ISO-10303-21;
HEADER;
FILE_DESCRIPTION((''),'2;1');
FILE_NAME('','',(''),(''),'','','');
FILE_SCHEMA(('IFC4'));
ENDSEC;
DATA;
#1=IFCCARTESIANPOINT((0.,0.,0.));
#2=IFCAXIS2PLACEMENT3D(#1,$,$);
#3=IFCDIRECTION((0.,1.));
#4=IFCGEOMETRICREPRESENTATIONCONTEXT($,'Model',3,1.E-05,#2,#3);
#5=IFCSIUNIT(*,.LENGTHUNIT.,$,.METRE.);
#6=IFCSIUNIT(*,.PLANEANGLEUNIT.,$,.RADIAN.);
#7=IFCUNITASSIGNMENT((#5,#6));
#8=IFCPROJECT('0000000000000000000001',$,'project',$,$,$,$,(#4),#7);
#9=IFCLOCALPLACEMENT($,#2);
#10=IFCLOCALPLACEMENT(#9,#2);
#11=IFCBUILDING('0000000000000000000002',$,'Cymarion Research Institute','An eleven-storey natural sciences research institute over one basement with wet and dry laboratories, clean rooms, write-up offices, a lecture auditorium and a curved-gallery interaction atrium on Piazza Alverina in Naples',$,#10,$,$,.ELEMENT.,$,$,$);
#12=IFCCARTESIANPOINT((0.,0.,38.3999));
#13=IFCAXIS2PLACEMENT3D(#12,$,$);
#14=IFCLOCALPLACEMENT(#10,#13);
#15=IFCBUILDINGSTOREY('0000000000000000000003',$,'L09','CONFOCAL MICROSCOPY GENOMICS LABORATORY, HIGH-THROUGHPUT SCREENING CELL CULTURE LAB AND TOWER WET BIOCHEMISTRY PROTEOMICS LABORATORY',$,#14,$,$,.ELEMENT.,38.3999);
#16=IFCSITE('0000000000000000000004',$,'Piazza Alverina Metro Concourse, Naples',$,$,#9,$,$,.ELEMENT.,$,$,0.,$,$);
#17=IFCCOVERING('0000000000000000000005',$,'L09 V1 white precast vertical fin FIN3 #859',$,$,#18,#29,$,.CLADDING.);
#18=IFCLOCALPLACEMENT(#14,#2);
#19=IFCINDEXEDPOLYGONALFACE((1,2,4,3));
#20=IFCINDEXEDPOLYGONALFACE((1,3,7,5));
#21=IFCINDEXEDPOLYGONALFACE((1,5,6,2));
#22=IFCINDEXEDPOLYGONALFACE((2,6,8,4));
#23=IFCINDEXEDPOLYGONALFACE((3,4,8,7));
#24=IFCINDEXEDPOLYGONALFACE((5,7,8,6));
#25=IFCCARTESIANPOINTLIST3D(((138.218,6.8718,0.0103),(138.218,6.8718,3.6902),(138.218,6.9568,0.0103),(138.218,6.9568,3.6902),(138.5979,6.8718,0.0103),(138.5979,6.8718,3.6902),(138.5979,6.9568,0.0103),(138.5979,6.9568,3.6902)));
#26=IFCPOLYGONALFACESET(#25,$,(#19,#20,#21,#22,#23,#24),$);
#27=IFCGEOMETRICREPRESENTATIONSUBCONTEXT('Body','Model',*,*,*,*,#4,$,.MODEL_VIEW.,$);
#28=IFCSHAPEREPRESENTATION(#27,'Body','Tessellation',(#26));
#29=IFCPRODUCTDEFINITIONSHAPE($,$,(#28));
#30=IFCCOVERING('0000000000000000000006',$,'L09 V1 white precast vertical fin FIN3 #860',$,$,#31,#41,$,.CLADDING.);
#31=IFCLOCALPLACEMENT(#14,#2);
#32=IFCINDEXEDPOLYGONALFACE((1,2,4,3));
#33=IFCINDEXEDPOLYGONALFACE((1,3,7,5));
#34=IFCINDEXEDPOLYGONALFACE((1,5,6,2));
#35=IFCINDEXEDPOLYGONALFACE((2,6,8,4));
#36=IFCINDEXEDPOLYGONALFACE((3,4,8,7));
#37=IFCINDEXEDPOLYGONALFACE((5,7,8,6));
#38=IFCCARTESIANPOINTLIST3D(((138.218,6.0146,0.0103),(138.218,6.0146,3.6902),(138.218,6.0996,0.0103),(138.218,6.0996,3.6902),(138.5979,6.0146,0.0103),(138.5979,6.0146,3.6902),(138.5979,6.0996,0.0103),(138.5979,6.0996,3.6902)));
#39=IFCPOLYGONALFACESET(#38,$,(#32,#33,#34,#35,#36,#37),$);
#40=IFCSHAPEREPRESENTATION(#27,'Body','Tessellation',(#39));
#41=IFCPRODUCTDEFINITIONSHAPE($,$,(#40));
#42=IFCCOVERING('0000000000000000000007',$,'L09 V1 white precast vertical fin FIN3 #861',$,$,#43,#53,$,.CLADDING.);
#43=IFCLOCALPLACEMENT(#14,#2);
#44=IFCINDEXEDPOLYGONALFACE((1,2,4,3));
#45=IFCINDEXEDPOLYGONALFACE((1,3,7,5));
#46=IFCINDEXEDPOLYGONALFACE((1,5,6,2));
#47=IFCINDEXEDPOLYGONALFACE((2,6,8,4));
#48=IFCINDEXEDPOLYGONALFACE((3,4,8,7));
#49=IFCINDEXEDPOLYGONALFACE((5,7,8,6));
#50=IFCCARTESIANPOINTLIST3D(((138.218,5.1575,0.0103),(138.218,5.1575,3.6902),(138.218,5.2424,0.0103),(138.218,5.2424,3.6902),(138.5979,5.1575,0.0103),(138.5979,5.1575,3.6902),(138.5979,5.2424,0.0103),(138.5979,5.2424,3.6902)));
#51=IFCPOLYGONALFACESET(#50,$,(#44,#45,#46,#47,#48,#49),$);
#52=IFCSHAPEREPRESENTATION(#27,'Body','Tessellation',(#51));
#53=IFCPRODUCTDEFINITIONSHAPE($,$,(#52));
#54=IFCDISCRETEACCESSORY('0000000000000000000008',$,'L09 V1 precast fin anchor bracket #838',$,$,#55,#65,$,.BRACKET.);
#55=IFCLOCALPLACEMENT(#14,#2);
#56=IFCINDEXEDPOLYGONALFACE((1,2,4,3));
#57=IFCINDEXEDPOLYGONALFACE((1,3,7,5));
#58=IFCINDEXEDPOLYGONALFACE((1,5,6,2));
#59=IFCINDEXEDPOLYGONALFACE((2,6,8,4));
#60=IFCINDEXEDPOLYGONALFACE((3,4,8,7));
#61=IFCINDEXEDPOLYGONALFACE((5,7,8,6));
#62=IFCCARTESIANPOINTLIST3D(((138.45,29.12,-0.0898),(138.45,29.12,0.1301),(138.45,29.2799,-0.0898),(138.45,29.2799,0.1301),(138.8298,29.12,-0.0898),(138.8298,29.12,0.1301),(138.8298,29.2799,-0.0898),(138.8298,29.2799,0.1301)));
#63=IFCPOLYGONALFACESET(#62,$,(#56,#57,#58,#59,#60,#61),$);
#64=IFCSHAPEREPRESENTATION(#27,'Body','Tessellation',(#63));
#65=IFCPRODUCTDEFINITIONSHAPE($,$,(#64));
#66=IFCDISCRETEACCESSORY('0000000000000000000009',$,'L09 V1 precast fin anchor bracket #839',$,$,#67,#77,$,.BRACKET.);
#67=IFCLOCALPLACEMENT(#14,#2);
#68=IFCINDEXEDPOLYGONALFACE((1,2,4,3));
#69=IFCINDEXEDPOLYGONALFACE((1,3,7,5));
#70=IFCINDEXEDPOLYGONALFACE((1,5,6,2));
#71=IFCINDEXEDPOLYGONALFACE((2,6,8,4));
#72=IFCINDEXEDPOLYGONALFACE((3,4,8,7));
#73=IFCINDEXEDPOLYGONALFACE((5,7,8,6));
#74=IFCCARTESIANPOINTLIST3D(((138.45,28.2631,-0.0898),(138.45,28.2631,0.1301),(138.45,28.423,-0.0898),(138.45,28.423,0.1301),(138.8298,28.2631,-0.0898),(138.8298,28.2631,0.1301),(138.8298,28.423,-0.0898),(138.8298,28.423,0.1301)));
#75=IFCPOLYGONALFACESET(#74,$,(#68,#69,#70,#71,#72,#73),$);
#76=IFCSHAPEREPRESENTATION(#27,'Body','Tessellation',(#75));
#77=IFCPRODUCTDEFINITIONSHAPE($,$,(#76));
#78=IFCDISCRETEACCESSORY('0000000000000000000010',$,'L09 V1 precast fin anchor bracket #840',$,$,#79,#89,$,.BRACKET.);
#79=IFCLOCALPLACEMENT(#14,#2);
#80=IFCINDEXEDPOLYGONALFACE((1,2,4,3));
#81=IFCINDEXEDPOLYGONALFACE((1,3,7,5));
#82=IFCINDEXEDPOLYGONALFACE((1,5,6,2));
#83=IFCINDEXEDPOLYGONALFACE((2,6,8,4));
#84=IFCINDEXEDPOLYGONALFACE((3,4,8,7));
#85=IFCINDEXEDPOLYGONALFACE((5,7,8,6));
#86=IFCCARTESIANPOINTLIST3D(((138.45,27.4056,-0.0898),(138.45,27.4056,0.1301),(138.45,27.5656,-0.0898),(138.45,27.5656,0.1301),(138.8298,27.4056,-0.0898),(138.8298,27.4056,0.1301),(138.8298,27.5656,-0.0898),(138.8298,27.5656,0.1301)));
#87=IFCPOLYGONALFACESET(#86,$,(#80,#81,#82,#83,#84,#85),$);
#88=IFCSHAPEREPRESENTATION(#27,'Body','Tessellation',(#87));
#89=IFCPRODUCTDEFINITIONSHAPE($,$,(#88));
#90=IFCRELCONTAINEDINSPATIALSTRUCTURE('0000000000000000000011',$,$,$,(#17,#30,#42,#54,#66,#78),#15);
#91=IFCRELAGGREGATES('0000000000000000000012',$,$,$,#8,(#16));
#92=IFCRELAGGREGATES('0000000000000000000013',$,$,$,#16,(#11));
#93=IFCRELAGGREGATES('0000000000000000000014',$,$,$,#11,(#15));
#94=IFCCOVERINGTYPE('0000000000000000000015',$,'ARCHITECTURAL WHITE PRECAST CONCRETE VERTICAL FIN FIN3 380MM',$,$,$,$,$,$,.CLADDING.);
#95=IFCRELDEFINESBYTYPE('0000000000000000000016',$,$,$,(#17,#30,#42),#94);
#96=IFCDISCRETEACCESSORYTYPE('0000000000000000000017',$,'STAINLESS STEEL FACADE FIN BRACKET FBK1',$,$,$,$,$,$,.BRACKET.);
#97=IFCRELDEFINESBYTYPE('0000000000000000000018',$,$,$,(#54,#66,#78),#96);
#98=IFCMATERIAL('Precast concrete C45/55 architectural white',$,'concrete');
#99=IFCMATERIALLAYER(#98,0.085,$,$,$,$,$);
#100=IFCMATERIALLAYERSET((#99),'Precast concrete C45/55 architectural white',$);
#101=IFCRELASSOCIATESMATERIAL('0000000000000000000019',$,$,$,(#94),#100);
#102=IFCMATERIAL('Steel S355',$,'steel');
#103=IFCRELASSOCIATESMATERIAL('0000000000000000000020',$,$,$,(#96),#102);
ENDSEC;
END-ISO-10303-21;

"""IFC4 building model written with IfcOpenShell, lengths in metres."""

from ifc_helpers import new_model, si_unit, direction, frame, origin, origin_2d, place, context, subcontext, project, spatial, rectangle, extrude, material, layer, layer_set, type_object, element, save


model = new_model("IFC4")

# Units and contexts
model_context = context("Model", 3, precision=1e-05, world=origin(), true_north=direction((0.0, 1.0)))
body_context = subcontext(model_context, "Body", "Model", "MODEL_VIEW")
ifc_project = project(units=[si_unit("LENGTHUNIT", "METRE"), si_unit("PLANEANGLEUNIT", "RADIAN")], contexts=[model_context])

# Site, building, storey
site_placement = place(None, origin())
site = spatial("IfcSite", under=ifc_project, at=site_placement, Name="Piazza Alverina Metro Concourse, Naples", CompositionType="ELEMENT", RefElevation=0.0)
building_placement = place(site_placement, origin())
building = spatial("IfcBuilding", under=site, at=building_placement, Name="Cymarion Research Institute", Description="An eleven-storey natural sciences research institute over one basement with wet and dry laboratories, clean rooms, write-up offices, a lecture auditorium and a curved-gallery interaction atrium on Piazza Alverina in Naples", CompositionType="ELEMENT")
storey_placement = place(building_placement, frame((0.0, 0.0, 38.3999)))
storey = spatial("IfcBuildingStorey", under=building, at=storey_placement, Name="L09", Description="CONFOCAL MICROSCOPY GENOMICS LABORATORY, HIGH-THROUGHPUT SCREENING CELL CULTURE LAB AND TOWER WET BIOCHEMISTRY PROTEOMICS LABORATORY", CompositionType="ELEMENT", Elevation=38.3999)

# Shared definitions
ifc_material_1 = material(Name="Steel S355", Category="steel")

# Coverings
ifc_material_2 = material(Name="Precast concrete C45/55 architectural white", Category="concrete")
ifc_layer = layer(ifc_material_2, 0.085)
ifc_layer_set = layer_set([ifc_layer], Name="Precast concrete C45/55 architectural white")
covering_type = type_object("IfcCoveringType", Name="ARCHITECTURAL WHITE PRECAST CONCRETE VERTICAL FIN FIN3 380MM", PredefinedType="CLADDING", material=ifc_layer_set)
for number, where, z_axis, x_axis, name in (
    (1, (138.408, 6.9143, 0.0103), (0.0, 0.0, 1.0), (-1.0, 0.0, 0.0), "L09 V1 white precast vertical fin FIN3 #859"),
    (2, (138.408, 6.0571, 0.0103), (0.0, 0.0, 1.0), (-1.0, 0.0, 0.0), "L09 V1 white precast vertical fin FIN3 #860"),
    (3, (138.408, 5.2, 0.0103), (0.0, 0.0, 1.0), (-1.0, 0.0, 0.0), "L09 V1 white precast vertical fin FIN3 #861"),
):
    element("IfcCovering", number, at=place(storey_placement, frame(where, z_axis=z_axis, x_axis=x_axis)), inside=storey, type_object=covering_type, Name=name, PredefinedType="CLADDING", context=body_context, shape_type="SweptSolid", body=[
        extrude(rectangle(XDim=0.3799, YDim=0.085, at=origin_2d()), origin(), (0.0, 0.0, 1.0), 3.6799),
    ])

# Discrete accessories
discrete_accessory_type = type_object("IfcDiscreteAccessoryType", Name="STAINLESS STEEL FACADE FIN BRACKET FBK1", PredefinedType="BRACKET", material=ifc_material_1)
for number, where, z_axis, x_axis, name in (
    (4, (138.6399, 29.2, -0.0898), (0.0, 0.0, 1.0), (-1.0, 0.0, 0.0), "L09 V1 precast fin anchor bracket #838"),
    (5, (138.6399, 28.343, -0.0898), (0.0, 0.0, 1.0), (-1.0, 0.0, 0.0), "L09 V1 precast fin anchor bracket #839"),
    (6, (138.6399, 27.4856, -0.0898), (0.0, 0.0, 1.0), (-1.0, 0.0, 0.0), "L09 V1 precast fin anchor bracket #840"),
):
    element("IfcDiscreteAccessory", number, at=place(storey_placement, frame(where, z_axis=z_axis, x_axis=x_axis)), inside=storey, type_object=discrete_accessory_type, Name=name, PredefinedType="BRACKET", context=body_context, shape_type="SweptSolid", body=[
        extrude(rectangle(XDim=0.3799, YDim=0.1599, at=origin_2d()), origin(), (0.0, 0.0, 1.0), 0.22),
    ])

save(model, "model.ifc")
